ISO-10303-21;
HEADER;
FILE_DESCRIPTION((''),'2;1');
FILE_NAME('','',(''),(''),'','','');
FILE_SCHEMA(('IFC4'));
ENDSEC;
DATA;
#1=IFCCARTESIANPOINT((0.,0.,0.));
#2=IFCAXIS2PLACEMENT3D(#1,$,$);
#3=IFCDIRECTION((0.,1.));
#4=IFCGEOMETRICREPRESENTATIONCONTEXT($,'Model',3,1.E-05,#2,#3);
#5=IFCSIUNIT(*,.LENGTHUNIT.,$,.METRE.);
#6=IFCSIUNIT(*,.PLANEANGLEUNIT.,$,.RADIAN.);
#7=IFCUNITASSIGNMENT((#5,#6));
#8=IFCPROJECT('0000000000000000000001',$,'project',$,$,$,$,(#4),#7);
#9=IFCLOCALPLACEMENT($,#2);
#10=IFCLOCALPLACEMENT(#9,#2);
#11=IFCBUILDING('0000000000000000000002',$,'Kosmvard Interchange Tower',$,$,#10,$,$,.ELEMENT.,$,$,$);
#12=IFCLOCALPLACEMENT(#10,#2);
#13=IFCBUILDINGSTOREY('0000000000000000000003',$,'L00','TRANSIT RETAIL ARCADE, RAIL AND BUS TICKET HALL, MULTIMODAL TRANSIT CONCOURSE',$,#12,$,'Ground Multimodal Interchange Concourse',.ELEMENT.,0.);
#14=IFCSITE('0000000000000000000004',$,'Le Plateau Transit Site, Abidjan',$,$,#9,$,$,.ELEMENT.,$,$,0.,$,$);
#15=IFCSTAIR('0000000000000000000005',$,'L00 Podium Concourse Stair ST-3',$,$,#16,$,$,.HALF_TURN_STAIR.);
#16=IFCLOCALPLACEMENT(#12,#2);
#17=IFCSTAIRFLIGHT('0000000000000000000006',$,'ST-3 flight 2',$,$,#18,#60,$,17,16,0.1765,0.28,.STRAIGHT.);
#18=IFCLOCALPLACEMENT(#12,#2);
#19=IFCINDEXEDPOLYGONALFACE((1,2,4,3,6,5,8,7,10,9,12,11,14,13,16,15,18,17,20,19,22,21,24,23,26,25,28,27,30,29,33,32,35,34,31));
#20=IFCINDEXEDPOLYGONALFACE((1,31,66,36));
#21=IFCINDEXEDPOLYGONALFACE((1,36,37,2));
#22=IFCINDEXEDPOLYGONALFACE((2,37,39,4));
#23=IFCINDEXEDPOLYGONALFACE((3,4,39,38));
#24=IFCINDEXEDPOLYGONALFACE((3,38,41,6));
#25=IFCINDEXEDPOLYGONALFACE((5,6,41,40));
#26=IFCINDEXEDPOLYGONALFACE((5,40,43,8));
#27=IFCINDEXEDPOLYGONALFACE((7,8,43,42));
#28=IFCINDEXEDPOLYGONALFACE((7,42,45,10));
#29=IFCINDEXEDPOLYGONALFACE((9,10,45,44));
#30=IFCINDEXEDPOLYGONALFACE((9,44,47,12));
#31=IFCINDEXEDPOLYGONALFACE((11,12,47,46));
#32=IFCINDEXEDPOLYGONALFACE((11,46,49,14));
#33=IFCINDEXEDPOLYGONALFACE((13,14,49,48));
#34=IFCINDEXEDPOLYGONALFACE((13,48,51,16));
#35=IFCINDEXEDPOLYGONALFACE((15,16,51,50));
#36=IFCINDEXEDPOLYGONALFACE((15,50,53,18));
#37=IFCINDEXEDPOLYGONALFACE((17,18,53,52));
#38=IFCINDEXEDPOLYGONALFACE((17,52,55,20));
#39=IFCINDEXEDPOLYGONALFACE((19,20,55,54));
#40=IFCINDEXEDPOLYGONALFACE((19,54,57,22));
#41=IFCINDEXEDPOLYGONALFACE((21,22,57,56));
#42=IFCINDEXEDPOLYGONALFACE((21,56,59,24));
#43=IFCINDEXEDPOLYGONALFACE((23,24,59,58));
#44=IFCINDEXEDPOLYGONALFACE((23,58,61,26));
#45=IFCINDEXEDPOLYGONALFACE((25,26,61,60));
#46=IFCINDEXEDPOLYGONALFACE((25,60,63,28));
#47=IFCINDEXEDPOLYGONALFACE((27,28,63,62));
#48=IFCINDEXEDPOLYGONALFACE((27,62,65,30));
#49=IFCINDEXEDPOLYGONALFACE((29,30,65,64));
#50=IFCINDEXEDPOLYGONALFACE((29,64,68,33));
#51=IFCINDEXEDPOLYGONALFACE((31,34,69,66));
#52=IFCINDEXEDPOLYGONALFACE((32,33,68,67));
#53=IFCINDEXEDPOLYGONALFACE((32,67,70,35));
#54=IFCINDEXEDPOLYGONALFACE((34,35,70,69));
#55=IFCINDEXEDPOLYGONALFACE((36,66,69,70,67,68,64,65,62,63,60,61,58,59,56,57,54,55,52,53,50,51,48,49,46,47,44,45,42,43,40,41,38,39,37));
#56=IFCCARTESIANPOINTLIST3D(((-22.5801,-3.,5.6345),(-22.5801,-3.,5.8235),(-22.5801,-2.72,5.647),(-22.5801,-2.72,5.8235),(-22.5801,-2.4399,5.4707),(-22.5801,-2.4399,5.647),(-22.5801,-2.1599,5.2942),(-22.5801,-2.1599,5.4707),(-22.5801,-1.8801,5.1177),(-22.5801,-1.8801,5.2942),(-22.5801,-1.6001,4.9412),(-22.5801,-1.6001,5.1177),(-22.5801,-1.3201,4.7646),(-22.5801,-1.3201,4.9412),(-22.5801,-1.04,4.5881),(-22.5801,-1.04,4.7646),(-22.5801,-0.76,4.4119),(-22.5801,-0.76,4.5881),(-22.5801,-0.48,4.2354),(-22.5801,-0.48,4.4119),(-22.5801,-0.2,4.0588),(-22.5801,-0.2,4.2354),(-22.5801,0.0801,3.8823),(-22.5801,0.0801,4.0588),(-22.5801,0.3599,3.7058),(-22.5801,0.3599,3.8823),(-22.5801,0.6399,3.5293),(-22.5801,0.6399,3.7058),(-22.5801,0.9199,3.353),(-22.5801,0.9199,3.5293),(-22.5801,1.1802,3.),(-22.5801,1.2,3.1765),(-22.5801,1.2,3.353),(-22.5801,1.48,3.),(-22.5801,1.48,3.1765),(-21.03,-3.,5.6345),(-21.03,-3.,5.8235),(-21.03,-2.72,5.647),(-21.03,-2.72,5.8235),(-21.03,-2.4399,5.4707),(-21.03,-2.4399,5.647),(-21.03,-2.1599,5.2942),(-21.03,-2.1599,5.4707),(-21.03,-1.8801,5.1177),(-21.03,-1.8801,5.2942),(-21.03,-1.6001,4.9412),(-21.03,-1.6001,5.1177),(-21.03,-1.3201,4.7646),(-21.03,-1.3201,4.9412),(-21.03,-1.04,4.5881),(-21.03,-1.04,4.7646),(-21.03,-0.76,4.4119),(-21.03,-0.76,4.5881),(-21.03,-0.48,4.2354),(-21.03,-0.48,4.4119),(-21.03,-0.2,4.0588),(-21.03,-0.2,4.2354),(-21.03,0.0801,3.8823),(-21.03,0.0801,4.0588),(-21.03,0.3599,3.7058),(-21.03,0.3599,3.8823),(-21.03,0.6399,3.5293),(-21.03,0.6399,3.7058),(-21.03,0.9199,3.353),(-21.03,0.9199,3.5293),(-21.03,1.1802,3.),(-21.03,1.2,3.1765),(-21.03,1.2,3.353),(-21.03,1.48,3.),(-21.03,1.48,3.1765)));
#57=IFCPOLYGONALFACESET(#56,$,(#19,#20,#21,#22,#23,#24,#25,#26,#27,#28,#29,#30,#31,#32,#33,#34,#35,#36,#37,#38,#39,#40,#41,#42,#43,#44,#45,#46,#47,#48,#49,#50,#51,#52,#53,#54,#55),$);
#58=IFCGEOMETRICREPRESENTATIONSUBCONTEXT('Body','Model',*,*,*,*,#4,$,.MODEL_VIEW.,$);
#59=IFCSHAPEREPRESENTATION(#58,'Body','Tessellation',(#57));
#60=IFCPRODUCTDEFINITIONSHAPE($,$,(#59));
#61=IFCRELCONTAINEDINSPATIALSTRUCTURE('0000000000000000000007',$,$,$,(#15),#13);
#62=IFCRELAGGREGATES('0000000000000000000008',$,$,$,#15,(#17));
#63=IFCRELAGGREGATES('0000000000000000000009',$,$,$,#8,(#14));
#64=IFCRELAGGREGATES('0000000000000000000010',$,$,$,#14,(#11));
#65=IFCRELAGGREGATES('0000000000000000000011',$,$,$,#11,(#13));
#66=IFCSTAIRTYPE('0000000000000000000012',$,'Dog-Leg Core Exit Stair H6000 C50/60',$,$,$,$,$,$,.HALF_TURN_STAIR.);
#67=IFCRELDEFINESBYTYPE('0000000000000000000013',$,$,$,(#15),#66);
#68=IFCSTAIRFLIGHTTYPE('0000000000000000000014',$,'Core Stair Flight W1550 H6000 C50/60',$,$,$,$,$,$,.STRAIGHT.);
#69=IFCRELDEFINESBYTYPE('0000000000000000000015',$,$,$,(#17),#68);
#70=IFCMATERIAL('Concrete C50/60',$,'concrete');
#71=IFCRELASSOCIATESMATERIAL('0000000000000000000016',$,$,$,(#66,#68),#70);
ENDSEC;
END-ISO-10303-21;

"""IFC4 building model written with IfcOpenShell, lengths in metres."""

from ifc_helpers import new_model, si_unit, direction, frame, origin, place, context, subcontext, project, spatial, polyline, outline, extrude, source, transform, mapped, material, type_object, element, aggregate, save


model = new_model("IFC4")

# Units and contexts
model_context = context("Model", 3, precision=1e-05, world=origin(), true_north=direction((0.0, 1.0)))
body_context = subcontext(model_context, "Body", "Model", "MODEL_VIEW")
ifc_project = project(units=[si_unit("LENGTHUNIT", "METRE"), si_unit("PLANEANGLEUNIT", "RADIAN")], contexts=[model_context])

# Site, building, storey
site_placement = place(None, origin())
site = spatial("IfcSite", under=ifc_project, at=site_placement, Name="Le Plateau Transit Site, Abidjan", CompositionType="ELEMENT", RefElevation=0.0)
building_placement = place(site_placement, origin())
building = spatial("IfcBuilding", under=site, at=building_placement, Name="Kosmvard Interchange Tower", CompositionType="ELEMENT")
storey_placement = place(building_placement, origin())
storey = spatial("IfcBuildingStorey", under=building, at=storey_placement, Name="L00", Description="TRANSIT RETAIL ARCADE, RAIL AND BUS TICKET HALL, MULTIMODAL TRANSIT CONCOURSE", LongName="Ground Multimodal Interchange Concourse", CompositionType="ELEMENT", Elevation=0.0)

# Stair, stair flight
ifc_material_1 = material(Name="Concrete C50/60", Category="concrete")
stair_type = type_object("IfcStairType", Name="Dog-Leg Core Exit Stair H6000 C50/60", PredefinedType="HALF_TURN_STAIR", material=ifc_material_1)
stair_placement = place(storey_placement, origin())
stair = element("IfcStair", 1, at=stair_placement, inside=storey, type_object=stair_type, Name="L00 Podium Concourse Stair ST-3", PredefinedType="HALF_TURN_STAIR")
stair_flight_type = type_object("IfcStairFlightType", Name="Core Stair Flight W1550 H6000 C50/60", PredefinedType="STRAIGHT", material=ifc_material_1)
shared_shape_1 = source(origin(), body_context, "Body", "SweptSolid", [
    extrude(outline(polyline([(0.0, 0.0), (0.0, 0.1765), (0.28, 0.1765), (0.28, 0.353), (0.5601, 0.353), (0.5601, 0.5293), (0.8401, 0.5293), (0.8401, 0.7058), (1.1201, 0.7058), (1.1201, 0.8823), (1.3999, 0.8823), (1.3999, 1.0588), (1.6799, 1.0588), (1.6799, 1.2354), (1.96, 1.2354), (1.96, 1.4119), (2.24, 1.4119), (2.24, 1.5881), (2.52, 1.5881), (2.52, 1.7646), (2.8, 1.7646), (2.8, 1.9412), (3.0801, 1.9412), (3.0801, 2.1177), (3.3601, 2.1177), (3.3601, 2.2942), (3.6399, 2.2942), (3.6399, 2.4707), (3.9199, 2.4707), (3.9199, 2.647), (4.2, 2.647), (4.2, 2.8235), (4.48, 2.8235), (4.48, 3.0), (4.48, 2.6345), (0.2998, 0.0), (0.0, 0.0)])), frame((0.0, 0.7749, 0.0), z_axis=(0.0, -1.0, 0.0), x_axis=(1.0, 0.0, 0.0)), (0.0, 0.0, 1.0), 1.55),
])
stair_flight_1_placement = place(storey_placement, frame((-21.8049, 1.48, 3.0), z_axis=(0.0, 0.0, 1.0), x_axis=(0.0, -1.0, 0.0)))
stair_flight_1 = element("IfcStairFlight", 2, at=stair_flight_1_placement, type_object=stair_flight_type, Name="ST-3 flight 2", NumberOfRisers=17, NumberOfTreads=16, PredefinedType="STRAIGHT", RiserHeight=0.1765, TreadLength=0.28, context=body_context, shape_type="MappedRepresentation", body=[
    mapped(shared_shape_1, transform((0.0, 0.0, 0.0), scale=1.0)),
])
aggregate(stair, [stair_flight_1])

save(model, "model.ifc")
